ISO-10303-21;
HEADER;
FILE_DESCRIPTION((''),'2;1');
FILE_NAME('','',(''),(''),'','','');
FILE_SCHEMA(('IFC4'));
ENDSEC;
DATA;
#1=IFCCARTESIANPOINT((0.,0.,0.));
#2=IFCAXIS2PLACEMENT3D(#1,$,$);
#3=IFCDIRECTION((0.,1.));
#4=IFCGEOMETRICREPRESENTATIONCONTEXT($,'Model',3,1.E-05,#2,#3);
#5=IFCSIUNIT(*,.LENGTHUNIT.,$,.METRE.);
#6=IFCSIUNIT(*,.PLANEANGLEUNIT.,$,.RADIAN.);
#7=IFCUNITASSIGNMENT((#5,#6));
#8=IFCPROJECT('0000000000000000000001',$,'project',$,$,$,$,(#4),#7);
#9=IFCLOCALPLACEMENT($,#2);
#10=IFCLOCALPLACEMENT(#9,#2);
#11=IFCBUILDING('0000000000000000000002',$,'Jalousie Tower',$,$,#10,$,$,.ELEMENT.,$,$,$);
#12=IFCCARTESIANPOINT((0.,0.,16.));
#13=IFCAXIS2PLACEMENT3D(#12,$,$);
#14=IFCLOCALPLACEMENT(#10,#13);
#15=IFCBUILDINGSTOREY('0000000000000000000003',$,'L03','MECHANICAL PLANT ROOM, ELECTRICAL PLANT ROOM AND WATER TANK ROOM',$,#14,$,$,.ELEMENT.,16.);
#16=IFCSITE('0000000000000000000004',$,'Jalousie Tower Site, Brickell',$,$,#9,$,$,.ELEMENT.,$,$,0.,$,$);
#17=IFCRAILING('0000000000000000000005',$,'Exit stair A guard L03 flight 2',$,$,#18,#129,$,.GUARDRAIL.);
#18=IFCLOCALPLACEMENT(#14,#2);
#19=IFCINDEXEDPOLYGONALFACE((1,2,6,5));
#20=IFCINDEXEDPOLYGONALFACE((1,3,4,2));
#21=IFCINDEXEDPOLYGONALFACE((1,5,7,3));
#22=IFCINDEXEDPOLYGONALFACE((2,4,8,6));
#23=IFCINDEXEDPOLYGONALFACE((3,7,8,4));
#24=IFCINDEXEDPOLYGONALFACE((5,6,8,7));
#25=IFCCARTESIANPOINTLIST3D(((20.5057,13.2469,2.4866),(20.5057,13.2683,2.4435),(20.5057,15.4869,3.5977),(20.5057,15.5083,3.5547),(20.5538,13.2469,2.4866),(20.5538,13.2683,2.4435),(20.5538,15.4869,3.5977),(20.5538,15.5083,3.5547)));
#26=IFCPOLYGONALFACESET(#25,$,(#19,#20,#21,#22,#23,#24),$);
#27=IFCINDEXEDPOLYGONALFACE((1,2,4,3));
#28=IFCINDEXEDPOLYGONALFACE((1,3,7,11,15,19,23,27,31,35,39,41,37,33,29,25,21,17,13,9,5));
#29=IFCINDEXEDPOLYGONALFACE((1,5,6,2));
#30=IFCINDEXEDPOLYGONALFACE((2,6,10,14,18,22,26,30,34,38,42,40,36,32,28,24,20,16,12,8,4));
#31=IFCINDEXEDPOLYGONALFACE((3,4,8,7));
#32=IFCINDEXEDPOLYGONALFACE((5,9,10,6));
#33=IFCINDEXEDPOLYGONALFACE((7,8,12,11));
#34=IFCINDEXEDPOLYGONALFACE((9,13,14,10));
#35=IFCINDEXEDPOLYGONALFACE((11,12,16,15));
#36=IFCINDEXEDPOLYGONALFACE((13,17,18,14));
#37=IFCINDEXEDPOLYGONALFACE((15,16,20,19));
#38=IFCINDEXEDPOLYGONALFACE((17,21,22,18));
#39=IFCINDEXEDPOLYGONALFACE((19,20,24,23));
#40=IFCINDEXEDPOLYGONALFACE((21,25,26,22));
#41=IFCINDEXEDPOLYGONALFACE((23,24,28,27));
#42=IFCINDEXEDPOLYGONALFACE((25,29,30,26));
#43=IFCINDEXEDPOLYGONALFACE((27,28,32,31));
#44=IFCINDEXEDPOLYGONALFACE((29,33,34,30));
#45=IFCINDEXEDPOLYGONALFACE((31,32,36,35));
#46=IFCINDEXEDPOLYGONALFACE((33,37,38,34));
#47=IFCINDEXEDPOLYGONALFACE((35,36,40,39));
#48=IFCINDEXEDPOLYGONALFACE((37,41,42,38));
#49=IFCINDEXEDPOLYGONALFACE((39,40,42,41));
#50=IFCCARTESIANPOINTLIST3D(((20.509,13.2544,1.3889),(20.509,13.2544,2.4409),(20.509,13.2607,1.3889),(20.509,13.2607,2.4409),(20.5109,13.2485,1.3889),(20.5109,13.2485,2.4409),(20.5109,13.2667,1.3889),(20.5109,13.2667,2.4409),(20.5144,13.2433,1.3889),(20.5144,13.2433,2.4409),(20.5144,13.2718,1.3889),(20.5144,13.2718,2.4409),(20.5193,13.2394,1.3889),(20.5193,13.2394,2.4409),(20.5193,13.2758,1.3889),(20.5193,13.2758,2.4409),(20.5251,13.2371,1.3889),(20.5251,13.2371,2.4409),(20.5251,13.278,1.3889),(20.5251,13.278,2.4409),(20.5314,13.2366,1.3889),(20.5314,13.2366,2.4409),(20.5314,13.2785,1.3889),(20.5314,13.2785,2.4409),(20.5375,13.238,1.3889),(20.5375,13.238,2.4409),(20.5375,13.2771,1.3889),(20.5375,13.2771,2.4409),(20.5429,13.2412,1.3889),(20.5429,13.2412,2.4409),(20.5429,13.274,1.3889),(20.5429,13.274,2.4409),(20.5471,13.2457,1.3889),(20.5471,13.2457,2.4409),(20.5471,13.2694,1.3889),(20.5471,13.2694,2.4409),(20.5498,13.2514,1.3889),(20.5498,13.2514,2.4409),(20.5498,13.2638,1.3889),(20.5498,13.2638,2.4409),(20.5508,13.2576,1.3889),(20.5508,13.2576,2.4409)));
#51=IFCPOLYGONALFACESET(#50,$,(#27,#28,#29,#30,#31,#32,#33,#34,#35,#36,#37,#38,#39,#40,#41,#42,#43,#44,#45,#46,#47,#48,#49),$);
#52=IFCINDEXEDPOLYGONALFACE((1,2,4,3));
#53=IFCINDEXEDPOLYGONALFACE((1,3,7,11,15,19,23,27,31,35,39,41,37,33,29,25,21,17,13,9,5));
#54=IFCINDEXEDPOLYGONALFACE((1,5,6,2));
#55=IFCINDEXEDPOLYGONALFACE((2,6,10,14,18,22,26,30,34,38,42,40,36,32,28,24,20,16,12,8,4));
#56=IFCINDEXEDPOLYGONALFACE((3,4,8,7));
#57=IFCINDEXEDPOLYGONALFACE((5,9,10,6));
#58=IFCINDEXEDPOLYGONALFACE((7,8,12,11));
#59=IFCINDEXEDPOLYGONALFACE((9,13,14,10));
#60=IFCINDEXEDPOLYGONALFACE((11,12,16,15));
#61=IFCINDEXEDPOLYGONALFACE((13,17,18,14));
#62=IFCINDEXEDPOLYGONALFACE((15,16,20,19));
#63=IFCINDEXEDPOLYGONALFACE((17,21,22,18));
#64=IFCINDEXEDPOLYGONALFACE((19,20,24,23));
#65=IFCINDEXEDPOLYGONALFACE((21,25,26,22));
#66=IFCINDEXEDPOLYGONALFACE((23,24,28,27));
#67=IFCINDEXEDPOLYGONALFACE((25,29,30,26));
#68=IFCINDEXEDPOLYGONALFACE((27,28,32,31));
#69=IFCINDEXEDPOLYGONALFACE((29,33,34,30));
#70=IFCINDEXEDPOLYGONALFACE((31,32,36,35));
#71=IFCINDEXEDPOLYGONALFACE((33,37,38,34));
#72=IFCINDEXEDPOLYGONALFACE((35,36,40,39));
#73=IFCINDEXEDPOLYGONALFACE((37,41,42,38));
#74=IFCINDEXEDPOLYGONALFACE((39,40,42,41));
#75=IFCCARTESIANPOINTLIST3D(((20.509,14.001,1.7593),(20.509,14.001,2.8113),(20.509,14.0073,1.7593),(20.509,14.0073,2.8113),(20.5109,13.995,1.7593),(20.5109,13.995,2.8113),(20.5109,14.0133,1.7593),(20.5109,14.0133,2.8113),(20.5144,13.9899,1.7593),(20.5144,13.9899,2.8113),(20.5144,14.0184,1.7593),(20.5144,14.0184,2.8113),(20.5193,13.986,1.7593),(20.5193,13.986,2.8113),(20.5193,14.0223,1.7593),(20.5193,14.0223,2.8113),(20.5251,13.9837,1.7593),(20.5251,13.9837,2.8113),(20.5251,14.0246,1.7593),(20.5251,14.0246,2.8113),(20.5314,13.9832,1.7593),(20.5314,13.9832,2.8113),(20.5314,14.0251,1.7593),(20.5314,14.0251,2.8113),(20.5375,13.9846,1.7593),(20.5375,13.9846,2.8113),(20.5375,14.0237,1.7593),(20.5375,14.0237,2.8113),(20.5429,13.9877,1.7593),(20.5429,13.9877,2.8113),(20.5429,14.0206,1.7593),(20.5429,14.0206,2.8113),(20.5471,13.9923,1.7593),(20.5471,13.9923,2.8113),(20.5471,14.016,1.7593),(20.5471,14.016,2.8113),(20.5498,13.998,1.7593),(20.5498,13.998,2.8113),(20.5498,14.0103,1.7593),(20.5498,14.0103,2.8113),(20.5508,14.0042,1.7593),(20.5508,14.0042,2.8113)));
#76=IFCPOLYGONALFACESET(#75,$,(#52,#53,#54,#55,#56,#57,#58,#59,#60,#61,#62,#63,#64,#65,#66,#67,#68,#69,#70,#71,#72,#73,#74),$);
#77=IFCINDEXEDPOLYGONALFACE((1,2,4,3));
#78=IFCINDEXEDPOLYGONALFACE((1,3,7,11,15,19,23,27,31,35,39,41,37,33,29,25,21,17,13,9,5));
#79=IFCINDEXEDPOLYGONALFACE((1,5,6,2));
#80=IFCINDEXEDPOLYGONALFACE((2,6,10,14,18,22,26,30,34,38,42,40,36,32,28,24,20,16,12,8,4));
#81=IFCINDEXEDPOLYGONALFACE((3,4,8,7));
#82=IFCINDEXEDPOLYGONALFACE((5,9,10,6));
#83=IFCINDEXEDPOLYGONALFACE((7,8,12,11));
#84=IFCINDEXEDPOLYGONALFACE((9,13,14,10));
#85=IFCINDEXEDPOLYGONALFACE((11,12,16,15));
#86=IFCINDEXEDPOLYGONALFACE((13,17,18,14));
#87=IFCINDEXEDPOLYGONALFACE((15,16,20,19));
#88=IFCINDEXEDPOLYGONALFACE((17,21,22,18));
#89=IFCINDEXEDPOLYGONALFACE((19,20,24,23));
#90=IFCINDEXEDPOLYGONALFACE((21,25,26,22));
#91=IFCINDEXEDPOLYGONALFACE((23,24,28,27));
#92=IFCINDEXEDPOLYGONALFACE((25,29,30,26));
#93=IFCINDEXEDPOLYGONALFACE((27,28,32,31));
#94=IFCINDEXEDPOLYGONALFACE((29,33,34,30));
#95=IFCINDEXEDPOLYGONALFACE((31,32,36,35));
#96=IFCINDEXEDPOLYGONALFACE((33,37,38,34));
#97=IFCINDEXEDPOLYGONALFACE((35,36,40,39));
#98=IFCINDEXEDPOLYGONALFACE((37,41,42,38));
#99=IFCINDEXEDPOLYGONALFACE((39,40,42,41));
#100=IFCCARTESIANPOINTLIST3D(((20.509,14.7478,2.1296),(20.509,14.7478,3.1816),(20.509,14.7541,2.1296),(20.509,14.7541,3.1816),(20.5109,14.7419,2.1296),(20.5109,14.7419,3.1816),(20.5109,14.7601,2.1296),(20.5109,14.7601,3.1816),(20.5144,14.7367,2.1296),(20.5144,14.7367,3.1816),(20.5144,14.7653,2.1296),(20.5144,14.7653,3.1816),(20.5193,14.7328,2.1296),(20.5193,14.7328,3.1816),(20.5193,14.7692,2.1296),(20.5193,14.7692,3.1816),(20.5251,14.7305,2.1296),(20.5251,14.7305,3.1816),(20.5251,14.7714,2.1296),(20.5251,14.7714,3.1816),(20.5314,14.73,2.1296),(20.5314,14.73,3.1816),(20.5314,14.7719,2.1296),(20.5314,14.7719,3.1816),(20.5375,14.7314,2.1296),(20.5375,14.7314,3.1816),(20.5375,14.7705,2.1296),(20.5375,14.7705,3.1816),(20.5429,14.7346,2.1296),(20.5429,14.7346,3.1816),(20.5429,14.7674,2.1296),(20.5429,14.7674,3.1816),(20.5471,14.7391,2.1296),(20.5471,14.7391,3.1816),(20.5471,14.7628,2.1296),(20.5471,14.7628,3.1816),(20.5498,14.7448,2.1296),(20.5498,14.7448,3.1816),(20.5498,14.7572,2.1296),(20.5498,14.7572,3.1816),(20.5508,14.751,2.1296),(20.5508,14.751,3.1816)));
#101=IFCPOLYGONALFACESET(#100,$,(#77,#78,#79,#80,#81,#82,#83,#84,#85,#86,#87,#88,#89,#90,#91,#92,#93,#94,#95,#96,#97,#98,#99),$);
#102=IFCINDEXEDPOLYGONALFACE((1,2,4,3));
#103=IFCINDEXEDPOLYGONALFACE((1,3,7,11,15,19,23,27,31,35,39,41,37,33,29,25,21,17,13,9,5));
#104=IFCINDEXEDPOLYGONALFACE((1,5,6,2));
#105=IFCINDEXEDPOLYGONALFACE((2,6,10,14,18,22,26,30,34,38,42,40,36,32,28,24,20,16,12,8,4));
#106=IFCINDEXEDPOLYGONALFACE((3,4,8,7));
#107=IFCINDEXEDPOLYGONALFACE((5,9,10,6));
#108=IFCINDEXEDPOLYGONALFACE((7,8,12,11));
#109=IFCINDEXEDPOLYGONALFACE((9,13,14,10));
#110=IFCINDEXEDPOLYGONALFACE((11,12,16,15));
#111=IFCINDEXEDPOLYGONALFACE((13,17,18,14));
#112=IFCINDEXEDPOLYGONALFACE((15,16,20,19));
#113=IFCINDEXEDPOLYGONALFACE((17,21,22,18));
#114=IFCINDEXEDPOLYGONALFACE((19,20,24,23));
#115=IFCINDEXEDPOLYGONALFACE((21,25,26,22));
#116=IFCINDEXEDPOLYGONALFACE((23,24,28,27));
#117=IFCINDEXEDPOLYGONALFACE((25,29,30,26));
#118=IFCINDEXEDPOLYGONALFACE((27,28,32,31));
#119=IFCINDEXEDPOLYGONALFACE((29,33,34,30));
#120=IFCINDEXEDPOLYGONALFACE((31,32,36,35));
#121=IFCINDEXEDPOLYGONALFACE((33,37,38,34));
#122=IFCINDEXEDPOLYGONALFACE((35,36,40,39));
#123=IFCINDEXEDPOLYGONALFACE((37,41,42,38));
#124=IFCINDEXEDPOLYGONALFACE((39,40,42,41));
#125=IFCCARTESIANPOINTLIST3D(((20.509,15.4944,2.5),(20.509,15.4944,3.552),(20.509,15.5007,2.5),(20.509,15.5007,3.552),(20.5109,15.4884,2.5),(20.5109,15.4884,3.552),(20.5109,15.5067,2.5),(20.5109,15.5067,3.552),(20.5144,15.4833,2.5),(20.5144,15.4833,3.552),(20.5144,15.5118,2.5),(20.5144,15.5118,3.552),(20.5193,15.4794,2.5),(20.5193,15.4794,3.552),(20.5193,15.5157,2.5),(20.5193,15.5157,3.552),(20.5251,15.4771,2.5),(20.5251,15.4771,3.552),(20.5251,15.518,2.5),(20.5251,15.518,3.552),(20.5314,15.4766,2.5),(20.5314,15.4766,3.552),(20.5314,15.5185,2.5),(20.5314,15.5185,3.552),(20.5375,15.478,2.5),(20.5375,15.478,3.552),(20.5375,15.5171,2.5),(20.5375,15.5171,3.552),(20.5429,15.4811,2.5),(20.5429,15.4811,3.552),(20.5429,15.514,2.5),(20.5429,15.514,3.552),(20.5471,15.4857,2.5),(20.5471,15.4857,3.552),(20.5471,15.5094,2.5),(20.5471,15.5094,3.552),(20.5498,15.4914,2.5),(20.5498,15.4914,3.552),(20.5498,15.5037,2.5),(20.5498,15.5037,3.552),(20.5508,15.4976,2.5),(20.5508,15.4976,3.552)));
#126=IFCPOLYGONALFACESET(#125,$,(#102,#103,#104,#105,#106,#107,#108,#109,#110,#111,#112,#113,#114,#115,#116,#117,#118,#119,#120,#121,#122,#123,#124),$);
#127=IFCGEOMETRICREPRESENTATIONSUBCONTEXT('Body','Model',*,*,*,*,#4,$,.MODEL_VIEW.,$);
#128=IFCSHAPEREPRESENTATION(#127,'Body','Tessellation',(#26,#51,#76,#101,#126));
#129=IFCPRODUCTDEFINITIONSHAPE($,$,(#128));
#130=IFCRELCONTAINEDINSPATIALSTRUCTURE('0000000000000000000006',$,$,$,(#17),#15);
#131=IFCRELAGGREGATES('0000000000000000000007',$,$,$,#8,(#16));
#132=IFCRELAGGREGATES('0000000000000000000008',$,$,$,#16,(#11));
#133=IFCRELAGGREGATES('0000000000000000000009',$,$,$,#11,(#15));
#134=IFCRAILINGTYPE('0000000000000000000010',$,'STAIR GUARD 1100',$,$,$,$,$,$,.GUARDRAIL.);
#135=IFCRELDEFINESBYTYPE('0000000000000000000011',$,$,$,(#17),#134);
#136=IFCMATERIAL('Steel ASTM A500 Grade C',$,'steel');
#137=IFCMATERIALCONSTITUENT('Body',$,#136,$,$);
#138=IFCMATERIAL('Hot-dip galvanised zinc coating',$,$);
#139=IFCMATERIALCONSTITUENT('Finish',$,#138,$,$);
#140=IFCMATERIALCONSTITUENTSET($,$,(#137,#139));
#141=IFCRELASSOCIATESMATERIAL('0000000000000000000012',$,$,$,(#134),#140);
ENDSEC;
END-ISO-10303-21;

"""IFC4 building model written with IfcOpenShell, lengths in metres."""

from ifc_helpers import new_model, si_unit, direction, frame, origin, origin_2d, place, context, subcontext, project, spatial, rectangle, circle, extrude, material, constituent, constituent_set, type_object, element, save


model = new_model("IFC4")

# Units and contexts
model_context = context("Model", 3, precision=1e-05, world=origin(), true_north=direction((0.0, 1.0)))
body_context = subcontext(model_context, "Body", "Model", "MODEL_VIEW")
ifc_project = project(units=[si_unit("LENGTHUNIT", "METRE"), si_unit("PLANEANGLEUNIT", "RADIAN")], contexts=[model_context])

# Site, building, storey
site_placement = place(None, origin())
site = spatial("IfcSite", under=ifc_project, at=site_placement, Name="Jalousie Tower Site, Brickell", CompositionType="ELEMENT", RefElevation=0.0)
building_placement = place(site_placement, origin())
building = spatial("IfcBuilding", under=site, at=building_placement, Name="Jalousie Tower", CompositionType="ELEMENT")
storey_placement = place(building_placement, frame((0.0, 0.0, 16.0)))
storey = spatial("IfcBuildingStorey", under=building, at=storey_placement, Name="L03", Description="MECHANICAL PLANT ROOM, ELECTRICAL PLANT ROOM AND WATER TANK ROOM", CompositionType="ELEMENT", Elevation=16.0)

# Railing
ifc_material_1 = material(Name="Steel ASTM A500 Grade C", Category="steel")
ifc_constituent_1 = constituent(ifc_material_1, Name="Body")
ifc_material_2 = material(Name="Hot-dip galvanised zinc coating")
ifc_constituent_2 = constituent(ifc_material_2, Name="Finish")
ifc_constituent_set_1 = constituent_set(constituents=[ifc_constituent_1, ifc_constituent_2])
railing_type_1 = type_object("IfcRailingType", Name="STAIR GUARD 1100", PredefinedType="GUARDRAIL", material=ifc_constituent_set_1)
railing_1_placement = place(storey_placement, frame((20.5298, 13.2576, 1.3889)))
element("IfcRailing", 1, at=railing_1_placement, inside=storey, type_object=railing_type_1, Name="Exit stair A guard L03 flight 2", PredefinedType="GUARDRAIL", context=body_context, shape_type="SweptSolid", body=[
    extrude(rectangle(XDim=0.0481, YDim=0.0481, at=origin_2d()), frame((0.0, 0.0, 1.0762), z_axis=(0.0, 0.895848, 0.44436), x_axis=(-1.0, 0.0, 0.0)), (0.0, 0.0, 1.0), 2.5005),
    extrude(circle(Radius=0.021, at=origin_2d()), origin(), (0.0, 0.0, 1.0), 1.052),
    extrude(circle(Radius=0.021, at=origin_2d()), frame((0.0, 0.7466, 0.3704)), (0.0, 0.0, 1.0), 1.052),
    extrude(circle(Radius=0.021, at=origin_2d()), frame((0.0, 1.4934, 0.7407)), (0.0, 0.0, 1.0), 1.052),
    extrude(circle(Radius=0.021, at=origin_2d()), frame((0.0, 2.24, 1.1111)), (0.0, 0.0, 1.0), 1.052),
])

save(model, "model.ifc")
